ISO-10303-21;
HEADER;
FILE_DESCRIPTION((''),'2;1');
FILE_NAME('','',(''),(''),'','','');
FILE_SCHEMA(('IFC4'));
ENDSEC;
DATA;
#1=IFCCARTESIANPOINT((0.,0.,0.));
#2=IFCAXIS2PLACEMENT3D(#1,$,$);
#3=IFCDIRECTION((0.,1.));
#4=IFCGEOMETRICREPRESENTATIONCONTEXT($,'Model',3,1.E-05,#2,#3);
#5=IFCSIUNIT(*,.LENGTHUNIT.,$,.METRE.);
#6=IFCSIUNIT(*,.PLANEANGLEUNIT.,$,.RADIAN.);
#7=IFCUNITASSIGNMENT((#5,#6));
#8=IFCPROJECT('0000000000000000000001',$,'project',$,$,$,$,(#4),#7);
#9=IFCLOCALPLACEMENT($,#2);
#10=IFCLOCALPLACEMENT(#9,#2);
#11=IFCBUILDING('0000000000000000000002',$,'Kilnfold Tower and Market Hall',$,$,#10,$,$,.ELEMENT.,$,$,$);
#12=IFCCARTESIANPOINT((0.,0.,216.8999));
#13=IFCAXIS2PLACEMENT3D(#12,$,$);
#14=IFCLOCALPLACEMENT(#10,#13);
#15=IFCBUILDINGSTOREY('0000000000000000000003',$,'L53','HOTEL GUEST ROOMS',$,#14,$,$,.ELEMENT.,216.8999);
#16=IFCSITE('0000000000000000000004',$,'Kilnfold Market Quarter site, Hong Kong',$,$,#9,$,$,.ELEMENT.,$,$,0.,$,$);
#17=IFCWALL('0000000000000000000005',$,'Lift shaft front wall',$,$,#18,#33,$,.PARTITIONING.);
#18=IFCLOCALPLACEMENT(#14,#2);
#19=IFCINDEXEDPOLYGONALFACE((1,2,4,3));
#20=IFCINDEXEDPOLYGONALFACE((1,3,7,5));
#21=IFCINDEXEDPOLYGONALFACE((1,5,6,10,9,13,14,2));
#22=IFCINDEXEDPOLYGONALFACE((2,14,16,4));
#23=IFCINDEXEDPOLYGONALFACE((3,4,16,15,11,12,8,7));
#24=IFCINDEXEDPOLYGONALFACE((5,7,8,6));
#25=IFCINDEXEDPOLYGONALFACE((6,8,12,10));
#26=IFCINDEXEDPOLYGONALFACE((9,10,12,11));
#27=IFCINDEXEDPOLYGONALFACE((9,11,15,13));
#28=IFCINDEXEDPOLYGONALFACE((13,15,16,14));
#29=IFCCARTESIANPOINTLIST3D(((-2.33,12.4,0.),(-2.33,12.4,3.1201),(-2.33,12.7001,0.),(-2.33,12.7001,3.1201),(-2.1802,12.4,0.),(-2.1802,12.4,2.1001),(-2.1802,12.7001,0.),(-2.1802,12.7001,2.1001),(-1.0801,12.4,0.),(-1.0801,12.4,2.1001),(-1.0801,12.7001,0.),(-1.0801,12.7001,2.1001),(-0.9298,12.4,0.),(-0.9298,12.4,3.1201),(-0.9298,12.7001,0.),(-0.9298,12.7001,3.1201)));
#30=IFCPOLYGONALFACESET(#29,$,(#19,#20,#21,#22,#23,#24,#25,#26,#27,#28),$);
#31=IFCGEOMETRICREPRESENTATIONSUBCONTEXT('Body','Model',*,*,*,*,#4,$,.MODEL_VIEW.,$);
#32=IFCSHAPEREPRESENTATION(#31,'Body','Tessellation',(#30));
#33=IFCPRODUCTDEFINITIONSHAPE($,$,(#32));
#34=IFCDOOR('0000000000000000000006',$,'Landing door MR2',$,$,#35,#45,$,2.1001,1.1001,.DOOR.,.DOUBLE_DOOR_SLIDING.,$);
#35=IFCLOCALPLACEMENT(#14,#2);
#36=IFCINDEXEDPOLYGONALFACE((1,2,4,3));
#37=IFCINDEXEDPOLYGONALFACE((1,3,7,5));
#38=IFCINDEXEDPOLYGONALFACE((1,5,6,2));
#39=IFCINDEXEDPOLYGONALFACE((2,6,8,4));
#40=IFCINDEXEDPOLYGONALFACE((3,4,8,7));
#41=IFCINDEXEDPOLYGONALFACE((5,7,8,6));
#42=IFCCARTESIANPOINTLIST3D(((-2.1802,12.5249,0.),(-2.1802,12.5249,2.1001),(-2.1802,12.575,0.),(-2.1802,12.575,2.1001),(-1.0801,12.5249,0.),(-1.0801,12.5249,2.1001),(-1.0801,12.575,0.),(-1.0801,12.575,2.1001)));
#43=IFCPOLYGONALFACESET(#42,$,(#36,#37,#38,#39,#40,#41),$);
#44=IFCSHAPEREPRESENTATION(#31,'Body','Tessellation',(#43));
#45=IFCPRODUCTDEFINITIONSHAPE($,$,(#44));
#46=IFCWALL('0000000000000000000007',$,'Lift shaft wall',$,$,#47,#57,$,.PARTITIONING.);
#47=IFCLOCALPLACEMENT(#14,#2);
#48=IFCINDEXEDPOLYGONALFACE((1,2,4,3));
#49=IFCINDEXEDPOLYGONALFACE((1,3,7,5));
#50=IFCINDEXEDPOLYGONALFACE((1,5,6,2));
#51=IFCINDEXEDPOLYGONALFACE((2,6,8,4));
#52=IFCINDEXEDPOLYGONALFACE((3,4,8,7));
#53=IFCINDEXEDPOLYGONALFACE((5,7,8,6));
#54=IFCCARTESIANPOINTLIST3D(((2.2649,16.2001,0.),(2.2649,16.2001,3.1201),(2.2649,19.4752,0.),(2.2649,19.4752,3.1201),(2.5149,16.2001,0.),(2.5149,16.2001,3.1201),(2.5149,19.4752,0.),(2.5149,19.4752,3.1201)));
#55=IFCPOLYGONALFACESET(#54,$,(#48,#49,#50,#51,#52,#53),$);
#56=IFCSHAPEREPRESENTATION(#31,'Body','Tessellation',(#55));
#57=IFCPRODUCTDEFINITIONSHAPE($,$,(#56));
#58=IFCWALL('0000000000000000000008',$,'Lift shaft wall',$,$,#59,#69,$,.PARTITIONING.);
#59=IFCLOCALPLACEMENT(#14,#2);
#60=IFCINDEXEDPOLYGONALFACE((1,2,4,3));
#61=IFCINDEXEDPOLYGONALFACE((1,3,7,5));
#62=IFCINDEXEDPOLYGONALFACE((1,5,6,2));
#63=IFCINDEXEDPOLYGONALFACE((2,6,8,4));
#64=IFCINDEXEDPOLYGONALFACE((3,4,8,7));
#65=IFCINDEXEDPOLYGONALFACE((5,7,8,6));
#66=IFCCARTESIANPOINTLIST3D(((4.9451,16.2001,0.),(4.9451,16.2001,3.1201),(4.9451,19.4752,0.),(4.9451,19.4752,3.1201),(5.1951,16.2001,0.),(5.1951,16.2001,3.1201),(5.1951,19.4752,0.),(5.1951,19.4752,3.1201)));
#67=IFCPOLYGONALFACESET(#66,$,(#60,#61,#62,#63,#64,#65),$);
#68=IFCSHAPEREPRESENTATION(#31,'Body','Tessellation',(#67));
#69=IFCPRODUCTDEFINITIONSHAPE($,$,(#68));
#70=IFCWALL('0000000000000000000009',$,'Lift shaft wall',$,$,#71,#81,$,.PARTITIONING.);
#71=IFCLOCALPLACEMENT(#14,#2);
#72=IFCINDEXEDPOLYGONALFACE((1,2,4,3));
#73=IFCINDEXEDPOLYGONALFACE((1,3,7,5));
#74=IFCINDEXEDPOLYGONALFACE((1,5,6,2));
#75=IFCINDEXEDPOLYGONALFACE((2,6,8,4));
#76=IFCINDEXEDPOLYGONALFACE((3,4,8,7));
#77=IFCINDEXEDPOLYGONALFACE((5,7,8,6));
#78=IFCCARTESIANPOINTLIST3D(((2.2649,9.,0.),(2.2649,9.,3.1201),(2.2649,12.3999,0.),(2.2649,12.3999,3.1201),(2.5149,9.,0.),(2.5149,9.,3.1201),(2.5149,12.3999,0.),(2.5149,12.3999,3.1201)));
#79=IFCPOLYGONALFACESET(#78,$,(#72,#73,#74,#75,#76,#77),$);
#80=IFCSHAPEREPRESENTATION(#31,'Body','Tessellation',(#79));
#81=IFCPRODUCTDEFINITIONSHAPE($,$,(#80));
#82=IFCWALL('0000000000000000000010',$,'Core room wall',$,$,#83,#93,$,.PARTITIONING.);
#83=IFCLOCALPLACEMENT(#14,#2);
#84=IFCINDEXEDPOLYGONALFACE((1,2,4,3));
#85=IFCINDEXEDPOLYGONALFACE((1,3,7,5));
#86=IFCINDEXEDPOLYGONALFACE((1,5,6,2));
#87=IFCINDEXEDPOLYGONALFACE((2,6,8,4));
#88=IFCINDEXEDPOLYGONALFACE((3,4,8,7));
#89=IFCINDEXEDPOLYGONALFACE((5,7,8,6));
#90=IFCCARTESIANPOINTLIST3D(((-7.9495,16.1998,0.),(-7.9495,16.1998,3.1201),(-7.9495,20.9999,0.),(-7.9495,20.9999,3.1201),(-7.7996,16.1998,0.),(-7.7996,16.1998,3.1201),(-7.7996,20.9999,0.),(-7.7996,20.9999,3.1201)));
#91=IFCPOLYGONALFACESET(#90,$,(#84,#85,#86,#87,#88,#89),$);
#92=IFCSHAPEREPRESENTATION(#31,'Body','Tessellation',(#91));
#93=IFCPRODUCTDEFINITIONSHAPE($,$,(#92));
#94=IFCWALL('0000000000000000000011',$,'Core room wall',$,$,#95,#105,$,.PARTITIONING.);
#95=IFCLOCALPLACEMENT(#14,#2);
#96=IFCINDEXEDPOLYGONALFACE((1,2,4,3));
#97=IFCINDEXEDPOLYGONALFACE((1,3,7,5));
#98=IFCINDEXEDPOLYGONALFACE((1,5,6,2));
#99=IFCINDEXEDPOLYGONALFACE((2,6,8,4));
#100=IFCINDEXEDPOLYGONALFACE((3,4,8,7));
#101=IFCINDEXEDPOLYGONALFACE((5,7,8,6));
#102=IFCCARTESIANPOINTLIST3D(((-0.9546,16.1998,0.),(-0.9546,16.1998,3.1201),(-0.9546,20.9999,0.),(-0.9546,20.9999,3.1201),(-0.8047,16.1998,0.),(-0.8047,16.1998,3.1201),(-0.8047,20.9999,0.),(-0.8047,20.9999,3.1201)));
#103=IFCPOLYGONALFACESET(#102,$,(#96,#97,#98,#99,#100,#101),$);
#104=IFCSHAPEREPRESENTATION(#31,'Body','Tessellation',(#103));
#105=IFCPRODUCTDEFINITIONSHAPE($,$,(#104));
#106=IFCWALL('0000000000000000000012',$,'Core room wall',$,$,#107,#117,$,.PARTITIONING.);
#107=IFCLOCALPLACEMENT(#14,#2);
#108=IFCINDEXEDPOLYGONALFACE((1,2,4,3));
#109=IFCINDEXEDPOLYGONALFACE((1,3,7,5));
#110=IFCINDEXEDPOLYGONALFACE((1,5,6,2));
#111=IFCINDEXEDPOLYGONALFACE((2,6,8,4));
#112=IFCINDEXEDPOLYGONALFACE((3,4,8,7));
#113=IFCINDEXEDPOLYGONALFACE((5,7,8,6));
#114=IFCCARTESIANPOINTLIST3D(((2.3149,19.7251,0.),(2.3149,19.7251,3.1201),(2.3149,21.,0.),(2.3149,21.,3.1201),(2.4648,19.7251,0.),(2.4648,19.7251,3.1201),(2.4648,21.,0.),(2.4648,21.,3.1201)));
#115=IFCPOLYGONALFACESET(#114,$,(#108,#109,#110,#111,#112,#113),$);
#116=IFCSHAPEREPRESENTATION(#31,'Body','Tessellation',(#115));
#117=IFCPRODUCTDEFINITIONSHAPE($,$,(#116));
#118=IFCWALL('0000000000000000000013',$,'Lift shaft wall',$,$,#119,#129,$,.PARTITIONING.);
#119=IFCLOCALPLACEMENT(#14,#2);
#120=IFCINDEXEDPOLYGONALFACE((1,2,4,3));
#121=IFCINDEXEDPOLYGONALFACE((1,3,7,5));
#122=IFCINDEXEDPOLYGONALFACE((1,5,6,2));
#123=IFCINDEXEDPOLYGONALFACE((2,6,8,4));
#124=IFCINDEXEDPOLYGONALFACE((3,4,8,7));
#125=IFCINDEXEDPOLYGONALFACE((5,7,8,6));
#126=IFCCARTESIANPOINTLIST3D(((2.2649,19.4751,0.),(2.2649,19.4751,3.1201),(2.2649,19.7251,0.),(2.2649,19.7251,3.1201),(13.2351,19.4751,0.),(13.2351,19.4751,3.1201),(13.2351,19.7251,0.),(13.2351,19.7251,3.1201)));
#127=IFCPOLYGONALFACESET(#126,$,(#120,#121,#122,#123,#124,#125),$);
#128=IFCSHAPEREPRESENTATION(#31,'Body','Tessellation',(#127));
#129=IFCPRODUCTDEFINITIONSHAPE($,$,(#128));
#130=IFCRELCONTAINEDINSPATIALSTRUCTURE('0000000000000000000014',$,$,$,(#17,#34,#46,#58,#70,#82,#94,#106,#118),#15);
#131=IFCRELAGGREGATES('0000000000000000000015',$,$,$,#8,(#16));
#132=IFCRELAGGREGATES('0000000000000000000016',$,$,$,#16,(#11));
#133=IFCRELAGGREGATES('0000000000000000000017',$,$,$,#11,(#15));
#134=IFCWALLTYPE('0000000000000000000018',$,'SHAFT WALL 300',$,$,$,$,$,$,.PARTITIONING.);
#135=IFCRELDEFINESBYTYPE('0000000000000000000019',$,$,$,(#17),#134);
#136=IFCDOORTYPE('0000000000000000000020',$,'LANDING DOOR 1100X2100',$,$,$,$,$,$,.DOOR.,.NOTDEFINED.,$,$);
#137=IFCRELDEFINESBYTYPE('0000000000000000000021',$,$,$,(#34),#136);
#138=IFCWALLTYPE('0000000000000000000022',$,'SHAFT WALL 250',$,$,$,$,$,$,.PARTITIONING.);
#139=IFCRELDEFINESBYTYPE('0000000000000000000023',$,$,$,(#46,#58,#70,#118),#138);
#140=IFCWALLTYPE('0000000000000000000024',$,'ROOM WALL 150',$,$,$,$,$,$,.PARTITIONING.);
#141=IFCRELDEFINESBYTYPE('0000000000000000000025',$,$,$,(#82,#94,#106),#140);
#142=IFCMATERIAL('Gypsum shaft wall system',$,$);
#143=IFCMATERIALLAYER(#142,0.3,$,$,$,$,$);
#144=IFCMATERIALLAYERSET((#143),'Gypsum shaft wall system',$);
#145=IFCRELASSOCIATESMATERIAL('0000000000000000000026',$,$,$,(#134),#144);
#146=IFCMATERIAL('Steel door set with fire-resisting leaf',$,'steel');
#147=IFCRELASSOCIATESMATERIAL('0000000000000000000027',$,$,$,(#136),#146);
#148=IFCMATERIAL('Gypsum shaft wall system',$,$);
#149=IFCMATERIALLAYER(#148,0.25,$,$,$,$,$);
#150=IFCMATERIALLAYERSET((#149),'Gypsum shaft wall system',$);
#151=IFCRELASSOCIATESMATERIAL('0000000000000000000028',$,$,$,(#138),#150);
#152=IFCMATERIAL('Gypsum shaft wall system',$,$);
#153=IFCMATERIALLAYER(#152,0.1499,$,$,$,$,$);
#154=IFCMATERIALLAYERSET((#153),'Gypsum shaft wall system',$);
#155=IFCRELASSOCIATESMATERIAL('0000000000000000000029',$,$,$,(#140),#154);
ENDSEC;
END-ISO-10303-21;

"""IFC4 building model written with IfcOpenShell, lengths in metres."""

from ifc_helpers import new_model, si_unit, direction, frame, frame_2d, origin, place, context, subcontext, project, spatial, rectangle, extrude, source, transform, mapped, material, layer, layer_set, type_object, element, fill, save


model = new_model("IFC4")

# Units and contexts
model_context = context("Model", 3, precision=1e-05, world=origin(), true_north=direction((0.0, 1.0)))
body_context = subcontext(model_context, "Body", "Model", "MODEL_VIEW")
ifc_project = project(units=[si_unit("LENGTHUNIT", "METRE"), si_unit("PLANEANGLEUNIT", "RADIAN")], contexts=[model_context])

# Site, building, storey
site_placement = place(None, origin())
site = spatial("IfcSite", under=ifc_project, at=site_placement, Name="Kilnfold Market Quarter site, Hong Kong", CompositionType="ELEMENT", RefElevation=0.0)
building_placement = place(site_placement, origin())
building = spatial("IfcBuilding", under=site, at=building_placement, Name="Kilnfold Tower and Market Hall", CompositionType="ELEMENT")
storey_placement = place(building_placement, frame((0.0, 0.0, 216.8999)))
storey = spatial("IfcBuildingStorey", under=building, at=storey_placement, Name="L53", Description="HOTEL GUEST ROOMS", CompositionType="ELEMENT", Elevation=216.8999)

# Shared definitions
ifc_material_1 = material(Name="Gypsum shaft wall system")
ifc_layer_1 = layer(ifc_material_1, 0.3)
ifc_layer_set_1 = layer_set([ifc_layer_1], Name="Gypsum shaft wall system")
wall_type_1 = type_object("IfcWallType", Name="SHAFT WALL 300", PredefinedType="PARTITIONING", material=ifc_layer_set_1)
ifc_material_2 = material(Name="Steel door set with fire-resisting leaf", Category="steel")
door_type = type_object("IfcDoorType", Name="LANDING DOOR 1100X2100", OperationType="NOTDEFINED", PredefinedType="DOOR", material=ifc_material_2)

# Wall, opening, door
shared_shape_1 = source(origin(), body_context, "Body", "SweptSolid", [
    extrude(rectangle(XDim=1.4001, YDim=0.3, at=frame_2d((0.7002, 0.0))), origin(), (0.0, 0.0, 1.0), 3.1201),
])
wall_1_placement = place(storey_placement, frame((-2.3301, 12.55, 0.0), z_axis=(0.0, 0.0, 1.0), x_axis=(1.0, 0.0, 0.0)))
wall_1 = element("IfcWall", 1, at=wall_1_placement, inside=storey, type_object=wall_type_1, Name="Lift shaft front wall", PredefinedType="PARTITIONING", context=body_context, shape_type="MappedRepresentation", body=[
    mapped(shared_shape_1, transform((0.0, 0.0, 0.0))),
])
opening_1_placement = place(wall_1_placement, frame((0.1499, 0.0, 0.0)))
opening_1 = element("IfcOpeningElement", 2, at=opening_1_placement, cuts=wall_1, PredefinedType="OPENING", context=body_context, shape_type="SweptSolid", body=[
    extrude(rectangle(XDim=1.1001, YDim=2.1001, at=frame_2d((0.55, 1.05))), frame((0.0, 0.1602, 0.0), z_axis=(0.0, -1.0, 0.0), x_axis=(1.0, 0.0, 0.0)), (0.0, 0.0, 1.0), 0.3201),
])
door_1_placement = place(opening_1_placement, origin())
door_1 = element("IfcDoor", 3, at=door_1_placement, inside=storey, type_object=door_type, Name="Landing door MR2", OperationType="DOUBLE_DOOR_SLIDING", OverallHeight=2.1001, OverallWidth=1.1001, PredefinedType="DOOR", context=body_context, shape_type="SweptSolid", body=[
    extrude(rectangle(XDim=1.1001, YDim=2.1001, at=frame_2d((0.55, 1.05))), frame((0.0, 0.0249, 0.0), z_axis=(0.0, -1.0, 0.0), x_axis=(1.0, 0.0, 0.0)), (0.0, 0.0, 1.0), 0.05),
])
fill(opening_1, door_1)

# Walls
ifc_material_3 = material(Name="Gypsum shaft wall system")
ifc_layer_2 = layer(ifc_material_3, 0.25)
ifc_layer_set_2 = layer_set([ifc_layer_2], Name="Gypsum shaft wall system")
wall_type_2 = type_object("IfcWallType", Name="SHAFT WALL 250", PredefinedType="PARTITIONING", material=ifc_layer_set_2)
shared_shape_2 = source(origin(), body_context, "Body", "SweptSolid", [
    extrude(rectangle(XDim=3.2751, YDim=0.25, at=frame_2d((1.6377, 0.0))), origin(), (0.0, 0.0, 1.0), 3.1201),
])
for number, where, z_axis, x_axis, name in (
    (4, (2.3899, 16.2, 0.0), (0.0, 0.0, 1.0), (0.0, 1.0, 0.0), "Lift shaft wall"),
    (5, (5.0701, 16.2, 0.0), (0.0, 0.0, 1.0), (0.0, 1.0, 0.0), "Lift shaft wall"),
):
    element("IfcWall", number, at=place(storey_placement, frame(where, z_axis=z_axis, x_axis=x_axis)), inside=storey, type_object=wall_type_2, Name=name, PredefinedType="PARTITIONING", context=body_context, shape_type="MappedRepresentation", body=[
        mapped(shared_shape_2, transform((0.0, 0.0, 0.0))),
    ])
shared_shape_3 = source(origin(), body_context, "Body", "SweptSolid", [
    extrude(rectangle(XDim=3.3999, YDim=0.25, at=frame_2d((1.7, 0.0))), origin(), (0.0, 0.0, 1.0), 3.1201),
])
wall_2_placement = place(storey_placement, frame((2.3899, 9.0, 0.0), z_axis=(0.0, 0.0, 1.0), x_axis=(0.0, 1.0, 0.0)))
element("IfcWall", 6, at=wall_2_placement, inside=storey, type_object=wall_type_2, Name="Lift shaft wall", PredefinedType="PARTITIONING", context=body_context, shape_type="MappedRepresentation", body=[
    mapped(shared_shape_3, transform((0.0, 0.0, 0.0))),
])
ifc_material_4 = material(Name="Gypsum shaft wall system")
ifc_layer_3 = layer(ifc_material_4, 0.1499)
ifc_layer_set_3 = layer_set([ifc_layer_3], Name="Gypsum shaft wall system")
wall_type_3 = type_object("IfcWallType", Name="ROOM WALL 150", PredefinedType="PARTITIONING", material=ifc_layer_set_3)
shared_shape_4 = source(origin(), body_context, "Body", "SweptSolid", [
    extrude(rectangle(XDim=4.8, YDim=0.1499, at=frame_2d((2.3999, 0.0))), origin(), (0.0, 0.0, 1.0), 3.1201),
])
for number, where, z_axis, x_axis, name in (
    (7, (-7.8745, 16.2, 0.0), (0.0, 0.0, 1.0), (0.0, 1.0, 0.0), "Core room wall"),
    (8, (-0.8796, 16.2, 0.0), (0.0, 0.0, 1.0), (0.0, 1.0, 0.0), "Core room wall"),
):
    element("IfcWall", number, at=place(storey_placement, frame(where, z_axis=z_axis, x_axis=x_axis)), inside=storey, type_object=wall_type_3, Name=name, PredefinedType="PARTITIONING", context=body_context, shape_type="MappedRepresentation", body=[
        mapped(shared_shape_4, transform((0.0, 0.0, 0.0))),
    ])
shared_shape_5 = source(origin(), body_context, "Body", "SweptSolid", [
    extrude(rectangle(XDim=1.2749, YDim=0.1499, at=frame_2d((0.6375, 0.0))), origin(), (0.0, 0.0, 1.0), 3.1201),
])
wall_3_placement = place(storey_placement, frame((2.3899, 19.7251, 0.0), z_axis=(0.0, 0.0, 1.0), x_axis=(0.0, 1.0, 0.0)))
element("IfcWall", 9, at=wall_3_placement, inside=storey, type_object=wall_type_3, Name="Core room wall", PredefinedType="PARTITIONING", context=body_context, shape_type="MappedRepresentation", body=[
    mapped(shared_shape_5, transform((0.0, 0.0, 0.0))),
])
shared_shape_6 = source(origin(), body_context, "Body", "SweptSolid", [
    extrude(rectangle(XDim=10.9702, YDim=0.25, at=frame_2d((5.4851, 0.0))), origin(), (0.0, 0.0, 1.0), 3.1201),
])
wall_4_placement = place(storey_placement, frame((2.2649, 19.6001, 0.0), z_axis=(0.0, 0.0, 1.0), x_axis=(1.0, 0.0, 0.0)))
element("IfcWall", 10, at=wall_4_placement, inside=storey, type_object=wall_type_2, Name="Lift shaft wall", PredefinedType="PARTITIONING", context=body_context, shape_type="MappedRepresentation", body=[
    mapped(shared_shape_6, transform((0.0, 0.0, 0.0))),
])

save(model, "model.ifc")
